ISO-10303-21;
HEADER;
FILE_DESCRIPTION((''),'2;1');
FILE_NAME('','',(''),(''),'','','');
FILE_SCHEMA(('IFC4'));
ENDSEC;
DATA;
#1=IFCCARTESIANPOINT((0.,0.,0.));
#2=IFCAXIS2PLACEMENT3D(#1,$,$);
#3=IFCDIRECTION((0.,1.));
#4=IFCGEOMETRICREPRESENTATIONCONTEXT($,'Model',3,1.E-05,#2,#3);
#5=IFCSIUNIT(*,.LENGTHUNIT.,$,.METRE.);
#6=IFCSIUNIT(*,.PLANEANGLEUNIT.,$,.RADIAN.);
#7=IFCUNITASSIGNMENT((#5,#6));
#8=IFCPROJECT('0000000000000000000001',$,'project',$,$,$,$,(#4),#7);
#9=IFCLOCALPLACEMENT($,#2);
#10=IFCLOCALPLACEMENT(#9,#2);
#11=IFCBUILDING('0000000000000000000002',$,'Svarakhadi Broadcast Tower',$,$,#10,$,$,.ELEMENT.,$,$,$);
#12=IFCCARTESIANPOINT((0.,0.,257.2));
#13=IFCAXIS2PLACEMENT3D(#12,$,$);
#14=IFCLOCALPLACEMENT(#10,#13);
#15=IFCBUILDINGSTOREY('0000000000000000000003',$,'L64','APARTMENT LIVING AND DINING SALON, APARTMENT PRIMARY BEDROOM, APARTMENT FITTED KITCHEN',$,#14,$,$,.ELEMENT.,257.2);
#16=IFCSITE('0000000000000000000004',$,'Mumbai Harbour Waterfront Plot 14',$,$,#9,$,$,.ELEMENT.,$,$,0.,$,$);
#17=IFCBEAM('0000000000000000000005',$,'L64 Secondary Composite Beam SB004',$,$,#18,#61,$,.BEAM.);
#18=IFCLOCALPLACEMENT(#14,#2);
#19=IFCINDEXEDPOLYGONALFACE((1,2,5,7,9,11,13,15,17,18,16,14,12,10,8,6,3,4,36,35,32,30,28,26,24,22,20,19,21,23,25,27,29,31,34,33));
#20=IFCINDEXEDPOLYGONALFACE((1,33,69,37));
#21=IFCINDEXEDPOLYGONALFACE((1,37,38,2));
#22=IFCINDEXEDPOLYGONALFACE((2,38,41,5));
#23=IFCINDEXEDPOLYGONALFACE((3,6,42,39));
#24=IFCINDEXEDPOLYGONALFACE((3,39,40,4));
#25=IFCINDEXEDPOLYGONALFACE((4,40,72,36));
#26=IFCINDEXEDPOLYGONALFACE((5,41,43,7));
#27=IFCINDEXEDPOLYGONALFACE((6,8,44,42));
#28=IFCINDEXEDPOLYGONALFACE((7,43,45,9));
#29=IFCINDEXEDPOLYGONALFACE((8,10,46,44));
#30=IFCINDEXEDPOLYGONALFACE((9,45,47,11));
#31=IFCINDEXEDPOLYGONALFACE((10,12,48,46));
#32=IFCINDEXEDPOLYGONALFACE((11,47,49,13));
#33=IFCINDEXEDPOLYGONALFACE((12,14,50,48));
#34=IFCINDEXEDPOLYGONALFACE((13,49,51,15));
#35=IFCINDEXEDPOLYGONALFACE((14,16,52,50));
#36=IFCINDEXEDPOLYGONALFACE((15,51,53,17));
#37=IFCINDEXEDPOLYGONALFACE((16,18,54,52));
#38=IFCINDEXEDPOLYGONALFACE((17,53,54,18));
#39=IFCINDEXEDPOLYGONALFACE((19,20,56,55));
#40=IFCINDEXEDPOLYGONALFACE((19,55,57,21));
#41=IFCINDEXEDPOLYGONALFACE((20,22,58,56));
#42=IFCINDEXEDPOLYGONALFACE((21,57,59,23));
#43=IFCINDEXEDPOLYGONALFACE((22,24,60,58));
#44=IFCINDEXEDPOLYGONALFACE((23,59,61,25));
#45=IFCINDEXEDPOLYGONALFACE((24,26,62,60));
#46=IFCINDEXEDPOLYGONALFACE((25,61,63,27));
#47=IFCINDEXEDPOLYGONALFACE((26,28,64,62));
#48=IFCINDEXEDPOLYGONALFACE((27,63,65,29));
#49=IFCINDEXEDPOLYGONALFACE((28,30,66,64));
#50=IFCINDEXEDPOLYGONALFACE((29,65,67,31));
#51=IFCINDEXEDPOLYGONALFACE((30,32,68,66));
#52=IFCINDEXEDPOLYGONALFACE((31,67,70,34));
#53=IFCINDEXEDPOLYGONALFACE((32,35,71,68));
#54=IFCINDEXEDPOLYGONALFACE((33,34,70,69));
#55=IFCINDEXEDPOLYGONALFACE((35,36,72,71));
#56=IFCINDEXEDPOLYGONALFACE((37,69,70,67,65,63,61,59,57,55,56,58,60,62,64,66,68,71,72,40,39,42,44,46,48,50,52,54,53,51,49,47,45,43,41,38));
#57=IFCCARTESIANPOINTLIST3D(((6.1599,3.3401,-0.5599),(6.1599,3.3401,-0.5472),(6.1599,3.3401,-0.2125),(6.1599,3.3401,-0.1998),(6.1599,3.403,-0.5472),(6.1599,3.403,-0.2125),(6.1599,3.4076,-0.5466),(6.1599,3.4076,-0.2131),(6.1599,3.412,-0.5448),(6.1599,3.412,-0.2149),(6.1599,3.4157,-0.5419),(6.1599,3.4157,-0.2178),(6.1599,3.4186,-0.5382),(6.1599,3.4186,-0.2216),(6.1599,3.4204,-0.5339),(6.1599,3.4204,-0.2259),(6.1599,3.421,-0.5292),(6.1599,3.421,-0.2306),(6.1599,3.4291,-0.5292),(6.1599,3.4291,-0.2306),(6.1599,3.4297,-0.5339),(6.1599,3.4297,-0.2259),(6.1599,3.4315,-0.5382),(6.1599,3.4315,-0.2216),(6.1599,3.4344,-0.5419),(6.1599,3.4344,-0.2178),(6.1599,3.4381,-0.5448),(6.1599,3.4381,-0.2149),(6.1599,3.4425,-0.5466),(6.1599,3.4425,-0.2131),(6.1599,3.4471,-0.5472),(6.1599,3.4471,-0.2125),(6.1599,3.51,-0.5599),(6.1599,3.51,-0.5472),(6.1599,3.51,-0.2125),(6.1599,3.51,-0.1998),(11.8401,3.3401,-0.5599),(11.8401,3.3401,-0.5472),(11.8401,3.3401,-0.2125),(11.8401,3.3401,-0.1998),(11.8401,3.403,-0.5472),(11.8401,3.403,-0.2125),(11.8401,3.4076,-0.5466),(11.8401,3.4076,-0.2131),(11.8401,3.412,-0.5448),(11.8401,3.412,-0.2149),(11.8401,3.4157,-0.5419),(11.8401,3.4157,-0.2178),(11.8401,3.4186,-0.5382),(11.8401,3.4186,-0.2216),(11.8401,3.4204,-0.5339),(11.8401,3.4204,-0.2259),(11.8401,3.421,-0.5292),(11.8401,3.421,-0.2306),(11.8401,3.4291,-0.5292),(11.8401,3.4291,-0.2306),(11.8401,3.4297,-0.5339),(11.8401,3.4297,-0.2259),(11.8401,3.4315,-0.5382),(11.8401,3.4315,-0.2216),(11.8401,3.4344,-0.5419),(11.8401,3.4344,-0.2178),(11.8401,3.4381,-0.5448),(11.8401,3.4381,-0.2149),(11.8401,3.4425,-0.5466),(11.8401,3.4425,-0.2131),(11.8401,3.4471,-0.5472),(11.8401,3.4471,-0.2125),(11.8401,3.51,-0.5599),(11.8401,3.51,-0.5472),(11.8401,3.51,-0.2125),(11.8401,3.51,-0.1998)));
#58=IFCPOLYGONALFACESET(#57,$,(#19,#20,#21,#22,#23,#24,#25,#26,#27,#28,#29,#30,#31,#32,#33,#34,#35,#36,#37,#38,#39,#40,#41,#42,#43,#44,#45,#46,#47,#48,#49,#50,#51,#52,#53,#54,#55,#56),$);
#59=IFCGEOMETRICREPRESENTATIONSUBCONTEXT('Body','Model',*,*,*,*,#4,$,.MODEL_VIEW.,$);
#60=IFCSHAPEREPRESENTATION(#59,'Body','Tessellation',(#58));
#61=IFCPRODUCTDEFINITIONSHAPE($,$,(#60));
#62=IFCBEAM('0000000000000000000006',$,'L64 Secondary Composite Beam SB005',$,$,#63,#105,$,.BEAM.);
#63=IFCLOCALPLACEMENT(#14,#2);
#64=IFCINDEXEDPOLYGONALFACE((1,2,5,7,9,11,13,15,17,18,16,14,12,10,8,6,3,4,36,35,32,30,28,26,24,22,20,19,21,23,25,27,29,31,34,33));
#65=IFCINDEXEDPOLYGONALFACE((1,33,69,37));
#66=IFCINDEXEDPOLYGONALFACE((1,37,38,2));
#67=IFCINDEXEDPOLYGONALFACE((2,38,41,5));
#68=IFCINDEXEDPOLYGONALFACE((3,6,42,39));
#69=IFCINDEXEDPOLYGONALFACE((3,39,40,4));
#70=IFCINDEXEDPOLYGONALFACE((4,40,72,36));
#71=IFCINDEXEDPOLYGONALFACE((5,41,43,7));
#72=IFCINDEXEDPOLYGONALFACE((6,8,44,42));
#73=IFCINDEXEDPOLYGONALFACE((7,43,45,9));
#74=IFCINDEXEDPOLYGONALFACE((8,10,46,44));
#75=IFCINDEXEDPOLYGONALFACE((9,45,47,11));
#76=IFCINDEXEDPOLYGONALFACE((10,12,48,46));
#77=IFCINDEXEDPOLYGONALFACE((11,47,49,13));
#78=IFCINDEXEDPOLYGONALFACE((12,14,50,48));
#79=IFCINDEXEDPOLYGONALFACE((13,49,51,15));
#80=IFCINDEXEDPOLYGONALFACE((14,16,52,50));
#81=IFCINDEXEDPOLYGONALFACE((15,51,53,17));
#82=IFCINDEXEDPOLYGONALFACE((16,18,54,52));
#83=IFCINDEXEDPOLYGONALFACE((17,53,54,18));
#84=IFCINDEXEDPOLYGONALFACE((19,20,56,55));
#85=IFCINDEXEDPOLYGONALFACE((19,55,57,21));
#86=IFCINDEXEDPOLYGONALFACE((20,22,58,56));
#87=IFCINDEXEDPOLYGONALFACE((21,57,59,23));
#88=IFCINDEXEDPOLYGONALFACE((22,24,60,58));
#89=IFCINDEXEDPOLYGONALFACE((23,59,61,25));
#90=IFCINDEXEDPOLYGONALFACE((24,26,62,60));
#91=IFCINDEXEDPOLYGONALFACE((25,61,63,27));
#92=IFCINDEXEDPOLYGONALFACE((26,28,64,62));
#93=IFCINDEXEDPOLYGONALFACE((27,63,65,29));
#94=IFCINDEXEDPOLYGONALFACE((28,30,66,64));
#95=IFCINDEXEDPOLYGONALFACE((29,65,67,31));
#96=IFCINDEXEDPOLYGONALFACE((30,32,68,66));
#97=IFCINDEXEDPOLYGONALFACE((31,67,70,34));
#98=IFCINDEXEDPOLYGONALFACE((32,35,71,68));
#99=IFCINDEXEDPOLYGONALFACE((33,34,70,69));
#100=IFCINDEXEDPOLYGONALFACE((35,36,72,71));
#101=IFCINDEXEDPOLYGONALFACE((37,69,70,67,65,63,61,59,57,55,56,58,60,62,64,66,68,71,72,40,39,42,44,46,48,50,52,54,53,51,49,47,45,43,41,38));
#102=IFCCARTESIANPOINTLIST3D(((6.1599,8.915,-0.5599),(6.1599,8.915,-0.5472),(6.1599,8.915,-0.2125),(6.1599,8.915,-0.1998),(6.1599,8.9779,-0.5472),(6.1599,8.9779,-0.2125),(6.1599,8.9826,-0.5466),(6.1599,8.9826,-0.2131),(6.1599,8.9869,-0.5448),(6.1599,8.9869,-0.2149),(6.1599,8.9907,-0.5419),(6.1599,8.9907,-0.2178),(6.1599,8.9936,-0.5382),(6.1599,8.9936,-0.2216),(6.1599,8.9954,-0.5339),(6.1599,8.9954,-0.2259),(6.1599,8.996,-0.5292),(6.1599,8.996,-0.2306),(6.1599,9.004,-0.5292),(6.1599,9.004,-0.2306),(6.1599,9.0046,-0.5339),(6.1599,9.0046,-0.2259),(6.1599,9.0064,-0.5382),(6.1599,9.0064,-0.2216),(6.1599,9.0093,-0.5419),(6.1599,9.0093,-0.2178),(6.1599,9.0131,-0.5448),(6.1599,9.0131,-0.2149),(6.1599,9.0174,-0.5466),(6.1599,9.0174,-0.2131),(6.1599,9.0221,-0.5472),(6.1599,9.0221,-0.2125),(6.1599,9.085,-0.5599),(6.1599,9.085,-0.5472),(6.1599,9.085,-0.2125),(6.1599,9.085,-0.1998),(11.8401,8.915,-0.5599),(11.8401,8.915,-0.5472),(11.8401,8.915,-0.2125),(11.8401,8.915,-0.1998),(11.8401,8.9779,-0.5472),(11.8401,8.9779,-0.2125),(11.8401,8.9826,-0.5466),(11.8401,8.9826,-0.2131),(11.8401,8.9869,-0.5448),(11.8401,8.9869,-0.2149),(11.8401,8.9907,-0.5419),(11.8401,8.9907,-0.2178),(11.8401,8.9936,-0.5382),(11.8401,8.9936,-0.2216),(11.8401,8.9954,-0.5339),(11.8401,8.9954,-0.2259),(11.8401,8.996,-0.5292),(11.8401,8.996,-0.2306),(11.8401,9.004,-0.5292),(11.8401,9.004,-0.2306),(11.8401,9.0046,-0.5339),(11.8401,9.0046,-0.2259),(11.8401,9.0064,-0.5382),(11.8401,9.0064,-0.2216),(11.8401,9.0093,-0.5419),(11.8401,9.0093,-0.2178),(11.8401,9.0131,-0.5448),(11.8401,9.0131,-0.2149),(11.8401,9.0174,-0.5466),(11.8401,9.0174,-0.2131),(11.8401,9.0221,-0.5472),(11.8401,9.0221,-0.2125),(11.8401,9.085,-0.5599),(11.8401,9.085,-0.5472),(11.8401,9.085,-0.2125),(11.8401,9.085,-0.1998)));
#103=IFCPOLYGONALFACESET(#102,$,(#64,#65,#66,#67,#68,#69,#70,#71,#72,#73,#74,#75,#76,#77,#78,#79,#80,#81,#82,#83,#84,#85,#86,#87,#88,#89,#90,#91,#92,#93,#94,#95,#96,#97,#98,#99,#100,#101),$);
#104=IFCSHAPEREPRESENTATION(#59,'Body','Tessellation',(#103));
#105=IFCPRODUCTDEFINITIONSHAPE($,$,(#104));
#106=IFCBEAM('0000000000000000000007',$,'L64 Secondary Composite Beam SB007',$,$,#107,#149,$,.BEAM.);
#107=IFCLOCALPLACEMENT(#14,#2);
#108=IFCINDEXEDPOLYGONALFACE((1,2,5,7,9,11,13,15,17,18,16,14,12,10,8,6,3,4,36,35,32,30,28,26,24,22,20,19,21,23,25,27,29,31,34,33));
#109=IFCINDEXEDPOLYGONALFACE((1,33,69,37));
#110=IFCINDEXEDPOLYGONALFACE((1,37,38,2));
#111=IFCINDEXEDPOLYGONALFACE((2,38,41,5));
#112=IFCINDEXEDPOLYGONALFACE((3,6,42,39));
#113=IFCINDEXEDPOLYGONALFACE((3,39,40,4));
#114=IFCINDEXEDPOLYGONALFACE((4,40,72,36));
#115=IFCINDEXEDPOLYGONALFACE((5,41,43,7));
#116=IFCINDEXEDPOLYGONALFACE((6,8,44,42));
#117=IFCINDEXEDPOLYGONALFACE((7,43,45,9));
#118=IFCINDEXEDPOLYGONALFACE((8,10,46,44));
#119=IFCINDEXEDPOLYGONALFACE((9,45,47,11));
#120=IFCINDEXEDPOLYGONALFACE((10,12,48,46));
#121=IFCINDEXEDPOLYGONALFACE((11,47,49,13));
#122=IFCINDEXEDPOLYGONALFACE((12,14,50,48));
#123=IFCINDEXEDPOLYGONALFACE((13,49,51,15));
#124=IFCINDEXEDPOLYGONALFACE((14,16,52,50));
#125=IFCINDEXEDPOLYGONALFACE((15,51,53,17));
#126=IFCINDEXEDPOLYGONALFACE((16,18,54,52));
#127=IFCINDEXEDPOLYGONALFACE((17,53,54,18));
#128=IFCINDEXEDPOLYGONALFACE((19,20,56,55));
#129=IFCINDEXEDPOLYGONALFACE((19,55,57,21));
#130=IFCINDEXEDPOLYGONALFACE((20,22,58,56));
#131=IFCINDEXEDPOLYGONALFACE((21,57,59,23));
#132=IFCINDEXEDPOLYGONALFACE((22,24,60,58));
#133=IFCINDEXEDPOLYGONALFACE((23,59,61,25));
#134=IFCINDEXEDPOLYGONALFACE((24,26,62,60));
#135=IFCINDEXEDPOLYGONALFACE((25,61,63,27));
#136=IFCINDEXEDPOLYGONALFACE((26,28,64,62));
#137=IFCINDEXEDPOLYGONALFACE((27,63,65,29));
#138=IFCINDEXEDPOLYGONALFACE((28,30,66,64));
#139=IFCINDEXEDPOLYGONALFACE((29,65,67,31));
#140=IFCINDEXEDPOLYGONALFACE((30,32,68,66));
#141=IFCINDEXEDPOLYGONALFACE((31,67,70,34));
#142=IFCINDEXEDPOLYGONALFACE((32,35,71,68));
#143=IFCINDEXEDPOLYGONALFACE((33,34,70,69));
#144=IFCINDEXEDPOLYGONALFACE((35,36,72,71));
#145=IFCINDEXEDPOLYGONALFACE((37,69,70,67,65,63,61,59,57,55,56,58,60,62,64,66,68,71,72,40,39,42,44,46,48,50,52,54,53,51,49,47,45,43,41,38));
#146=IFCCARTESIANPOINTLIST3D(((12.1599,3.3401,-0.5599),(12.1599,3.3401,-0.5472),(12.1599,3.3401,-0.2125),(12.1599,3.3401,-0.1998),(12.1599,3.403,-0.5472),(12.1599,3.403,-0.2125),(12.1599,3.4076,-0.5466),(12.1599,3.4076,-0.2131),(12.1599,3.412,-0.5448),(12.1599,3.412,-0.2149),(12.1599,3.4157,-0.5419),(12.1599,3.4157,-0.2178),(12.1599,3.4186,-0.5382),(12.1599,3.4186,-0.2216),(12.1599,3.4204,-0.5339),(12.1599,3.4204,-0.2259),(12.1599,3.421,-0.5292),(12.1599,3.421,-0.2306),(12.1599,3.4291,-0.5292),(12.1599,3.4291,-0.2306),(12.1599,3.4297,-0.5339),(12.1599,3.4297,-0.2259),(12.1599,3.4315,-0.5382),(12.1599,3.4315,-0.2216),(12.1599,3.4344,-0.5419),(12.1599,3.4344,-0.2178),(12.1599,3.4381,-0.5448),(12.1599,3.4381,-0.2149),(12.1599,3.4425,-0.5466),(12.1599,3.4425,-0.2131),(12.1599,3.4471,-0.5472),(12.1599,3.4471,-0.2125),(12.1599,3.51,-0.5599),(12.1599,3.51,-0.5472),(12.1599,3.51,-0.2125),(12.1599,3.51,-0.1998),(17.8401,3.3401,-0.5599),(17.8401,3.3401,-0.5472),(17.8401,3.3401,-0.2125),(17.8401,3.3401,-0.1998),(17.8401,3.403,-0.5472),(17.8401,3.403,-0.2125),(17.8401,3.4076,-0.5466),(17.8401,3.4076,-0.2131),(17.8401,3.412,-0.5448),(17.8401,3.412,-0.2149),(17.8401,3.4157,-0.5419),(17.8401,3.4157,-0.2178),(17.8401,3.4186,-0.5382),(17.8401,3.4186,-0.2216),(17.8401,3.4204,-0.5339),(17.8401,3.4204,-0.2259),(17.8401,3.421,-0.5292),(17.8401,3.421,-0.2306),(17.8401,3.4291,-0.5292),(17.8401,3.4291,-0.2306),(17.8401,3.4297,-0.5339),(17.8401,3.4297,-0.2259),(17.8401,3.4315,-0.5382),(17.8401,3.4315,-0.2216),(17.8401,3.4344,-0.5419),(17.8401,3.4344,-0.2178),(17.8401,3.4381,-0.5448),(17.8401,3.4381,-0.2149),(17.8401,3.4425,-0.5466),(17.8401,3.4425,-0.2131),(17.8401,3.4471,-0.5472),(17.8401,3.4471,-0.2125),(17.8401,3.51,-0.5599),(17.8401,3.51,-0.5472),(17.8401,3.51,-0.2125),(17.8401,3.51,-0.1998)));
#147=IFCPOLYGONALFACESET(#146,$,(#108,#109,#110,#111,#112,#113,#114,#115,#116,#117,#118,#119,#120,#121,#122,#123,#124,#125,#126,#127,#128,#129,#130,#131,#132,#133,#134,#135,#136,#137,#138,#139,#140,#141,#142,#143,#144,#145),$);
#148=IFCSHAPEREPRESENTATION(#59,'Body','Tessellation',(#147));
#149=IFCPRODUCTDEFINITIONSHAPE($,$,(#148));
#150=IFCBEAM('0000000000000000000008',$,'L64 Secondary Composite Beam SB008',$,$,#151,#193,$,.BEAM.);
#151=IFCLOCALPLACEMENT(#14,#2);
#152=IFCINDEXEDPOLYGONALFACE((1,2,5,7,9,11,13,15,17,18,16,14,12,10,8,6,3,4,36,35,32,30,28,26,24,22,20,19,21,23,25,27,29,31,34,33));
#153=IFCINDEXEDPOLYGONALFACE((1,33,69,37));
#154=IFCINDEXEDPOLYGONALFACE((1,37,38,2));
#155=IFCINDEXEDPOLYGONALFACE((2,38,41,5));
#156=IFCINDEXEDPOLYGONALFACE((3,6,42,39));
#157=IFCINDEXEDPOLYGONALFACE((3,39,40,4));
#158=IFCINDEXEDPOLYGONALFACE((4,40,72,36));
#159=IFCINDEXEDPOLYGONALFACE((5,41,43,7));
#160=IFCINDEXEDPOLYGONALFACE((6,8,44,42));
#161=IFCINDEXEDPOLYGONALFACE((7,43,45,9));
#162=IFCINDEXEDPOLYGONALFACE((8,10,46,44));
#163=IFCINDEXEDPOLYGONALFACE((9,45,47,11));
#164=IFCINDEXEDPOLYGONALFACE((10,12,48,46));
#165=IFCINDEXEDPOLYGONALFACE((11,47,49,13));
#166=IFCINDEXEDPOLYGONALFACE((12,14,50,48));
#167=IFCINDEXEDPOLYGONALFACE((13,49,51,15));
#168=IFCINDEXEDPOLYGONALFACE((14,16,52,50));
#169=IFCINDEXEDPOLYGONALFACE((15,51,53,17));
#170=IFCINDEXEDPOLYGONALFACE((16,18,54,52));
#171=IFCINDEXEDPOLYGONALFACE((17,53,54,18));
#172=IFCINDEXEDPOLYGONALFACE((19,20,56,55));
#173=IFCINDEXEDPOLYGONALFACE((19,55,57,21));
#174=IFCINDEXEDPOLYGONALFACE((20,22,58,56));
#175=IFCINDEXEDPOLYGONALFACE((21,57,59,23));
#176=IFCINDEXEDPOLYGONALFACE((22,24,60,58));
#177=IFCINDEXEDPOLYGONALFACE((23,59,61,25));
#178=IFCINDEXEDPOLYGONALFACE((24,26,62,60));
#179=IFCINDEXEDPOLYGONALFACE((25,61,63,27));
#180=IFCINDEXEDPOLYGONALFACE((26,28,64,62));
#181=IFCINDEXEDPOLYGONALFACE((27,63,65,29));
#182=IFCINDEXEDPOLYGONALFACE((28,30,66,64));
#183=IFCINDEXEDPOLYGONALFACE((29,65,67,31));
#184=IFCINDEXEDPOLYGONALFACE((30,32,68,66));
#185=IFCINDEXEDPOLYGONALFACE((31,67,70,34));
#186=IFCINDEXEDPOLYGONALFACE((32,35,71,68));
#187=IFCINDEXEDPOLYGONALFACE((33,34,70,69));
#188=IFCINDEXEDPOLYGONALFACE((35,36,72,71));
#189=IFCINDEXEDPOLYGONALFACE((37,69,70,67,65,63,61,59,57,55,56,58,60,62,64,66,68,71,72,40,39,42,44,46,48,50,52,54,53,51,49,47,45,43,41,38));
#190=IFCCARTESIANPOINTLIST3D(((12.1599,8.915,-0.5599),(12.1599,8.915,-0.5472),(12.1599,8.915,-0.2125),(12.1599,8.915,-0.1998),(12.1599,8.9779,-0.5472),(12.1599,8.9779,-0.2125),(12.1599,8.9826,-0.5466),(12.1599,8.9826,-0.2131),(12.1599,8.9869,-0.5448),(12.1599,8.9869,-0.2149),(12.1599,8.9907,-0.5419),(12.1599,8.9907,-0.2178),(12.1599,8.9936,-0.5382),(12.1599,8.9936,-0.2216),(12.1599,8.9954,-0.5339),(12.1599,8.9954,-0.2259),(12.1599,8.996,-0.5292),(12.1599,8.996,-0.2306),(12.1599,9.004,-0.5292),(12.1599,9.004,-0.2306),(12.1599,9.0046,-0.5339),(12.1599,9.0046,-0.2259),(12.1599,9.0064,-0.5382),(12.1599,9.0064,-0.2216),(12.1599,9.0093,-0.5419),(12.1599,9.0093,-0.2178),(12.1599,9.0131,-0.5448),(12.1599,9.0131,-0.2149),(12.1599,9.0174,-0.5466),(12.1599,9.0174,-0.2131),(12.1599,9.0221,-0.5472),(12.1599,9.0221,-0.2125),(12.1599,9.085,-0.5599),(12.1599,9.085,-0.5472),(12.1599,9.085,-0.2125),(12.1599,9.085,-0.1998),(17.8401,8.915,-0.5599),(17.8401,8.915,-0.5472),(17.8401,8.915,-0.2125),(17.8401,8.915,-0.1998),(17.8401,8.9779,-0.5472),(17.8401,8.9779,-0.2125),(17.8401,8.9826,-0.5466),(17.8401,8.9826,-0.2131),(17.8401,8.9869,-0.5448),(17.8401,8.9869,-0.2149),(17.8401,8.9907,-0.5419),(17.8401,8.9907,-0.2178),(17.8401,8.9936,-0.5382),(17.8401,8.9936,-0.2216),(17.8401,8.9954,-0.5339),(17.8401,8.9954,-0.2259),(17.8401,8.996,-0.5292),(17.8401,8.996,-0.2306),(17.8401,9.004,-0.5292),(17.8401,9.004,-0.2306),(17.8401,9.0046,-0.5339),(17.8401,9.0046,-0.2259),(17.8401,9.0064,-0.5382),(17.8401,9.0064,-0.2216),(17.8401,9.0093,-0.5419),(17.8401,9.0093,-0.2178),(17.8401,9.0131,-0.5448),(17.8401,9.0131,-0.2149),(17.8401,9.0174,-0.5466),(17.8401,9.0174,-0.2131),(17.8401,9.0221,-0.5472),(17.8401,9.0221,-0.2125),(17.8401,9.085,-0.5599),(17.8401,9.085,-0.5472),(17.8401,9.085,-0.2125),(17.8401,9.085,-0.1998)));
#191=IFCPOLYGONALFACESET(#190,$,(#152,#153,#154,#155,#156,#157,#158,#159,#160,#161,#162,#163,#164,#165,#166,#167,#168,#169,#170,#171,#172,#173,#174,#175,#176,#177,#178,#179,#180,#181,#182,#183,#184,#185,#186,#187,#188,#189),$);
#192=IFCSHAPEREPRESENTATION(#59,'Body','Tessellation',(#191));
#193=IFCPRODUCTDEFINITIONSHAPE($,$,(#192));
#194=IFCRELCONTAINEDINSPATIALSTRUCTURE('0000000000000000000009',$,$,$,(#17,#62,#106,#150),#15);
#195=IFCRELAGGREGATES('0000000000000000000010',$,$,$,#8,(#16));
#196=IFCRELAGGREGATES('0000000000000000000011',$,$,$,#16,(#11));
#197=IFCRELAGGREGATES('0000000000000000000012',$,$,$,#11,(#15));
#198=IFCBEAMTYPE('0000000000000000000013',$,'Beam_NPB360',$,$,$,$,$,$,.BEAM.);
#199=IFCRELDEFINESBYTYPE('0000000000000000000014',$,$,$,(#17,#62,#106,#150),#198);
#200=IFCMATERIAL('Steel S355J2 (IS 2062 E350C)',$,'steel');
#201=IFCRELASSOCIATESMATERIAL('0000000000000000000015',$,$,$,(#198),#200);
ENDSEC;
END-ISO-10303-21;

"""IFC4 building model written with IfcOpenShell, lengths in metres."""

from ifc_helpers import new_model, si_unit, direction, frame, origin, origin_2d, place, context, subcontext, project, spatial, i_section, extrude, material, material_profile, profile_set, type_object, element, save


model = new_model("IFC4")

# Units and contexts
model_context = context("Model", 3, precision=1e-05, world=origin(), true_north=direction((0.0, 1.0)))
body_context = subcontext(model_context, "Body", "Model", "MODEL_VIEW")
ifc_project = project(units=[si_unit("LENGTHUNIT", "METRE"), si_unit("PLANEANGLEUNIT", "RADIAN")], contexts=[model_context])

# Site, building, storey
site_placement = place(None, origin())
site = spatial("IfcSite", under=ifc_project, at=site_placement, Name="Mumbai Harbour Waterfront Plot 14", CompositionType="ELEMENT", RefElevation=0.0)
building_placement = place(site_placement, origin())
building = spatial("IfcBuilding", under=site, at=building_placement, Name="Svarakhadi Broadcast Tower", CompositionType="ELEMENT")
storey_placement = place(building_placement, frame((0.0, 0.0, 257.2)))
storey = spatial("IfcBuildingStorey", under=building, at=storey_placement, Name="L64", Description="APARTMENT LIVING AND DINING SALON, APARTMENT PRIMARY BEDROOM, APARTMENT FITTED KITCHEN", CompositionType="ELEMENT", Elevation=257.2)

# Beams
ifc_material_1 = material(Name="Steel S355J2 (IS 2062 E350C)", Category="steel")
ifc_material_profile_1 = material_profile(ifc_material_1, i_section(OverallWidth=0.1699, OverallDepth=0.3601, WebThickness=0.0081, FlangeThickness=0.0127, FilletRadius=0.0181, at=origin_2d()), Name="NPB 360x170x57")
ifc_profile_set_1 = profile_set([ifc_material_profile_1], Name="Steel S355J2 (IS 2062 E350C)")
beam_type_1 = type_object("IfcBeamType", Name="Beam_NPB360", PredefinedType="BEAM", material=ifc_profile_set_1)
for number, where, z_axis, x_axis, name in (
    (1, (6.1599, 3.425, -0.3799), (1.0, 0.0, 0.0), (0.0, 1.0, 0.0), "L64 Secondary Composite Beam SB004"),
    (2, (6.1599, 9.0, -0.3799), (1.0, 0.0, 0.0), (0.0, 1.0, 0.0), "L64 Secondary Composite Beam SB005"),
    (3, (12.1599, 3.425, -0.3799), (1.0, 0.0, 0.0), (0.0, 1.0, 0.0), "L64 Secondary Composite Beam SB007"),
    (4, (12.1599, 9.0, -0.3799), (1.0, 0.0, 0.0), (0.0, 1.0, 0.0), "L64 Secondary Composite Beam SB008"),
):
    element("IfcBeam", number, at=place(storey_placement, frame(where, z_axis=z_axis, x_axis=x_axis)), inside=storey, type_object=beam_type_1, Name=name, PredefinedType="BEAM", context=body_context, shape_type="SweptSolid", body=[
        extrude(i_section(OverallWidth=0.1699, OverallDepth=0.3601, WebThickness=0.0081, FlangeThickness=0.0127, FilletRadius=0.0181, at=origin_2d()), origin(), (0.0, 0.0, 1.0), 5.6802),
    ])

save(model, "model.ifc")
